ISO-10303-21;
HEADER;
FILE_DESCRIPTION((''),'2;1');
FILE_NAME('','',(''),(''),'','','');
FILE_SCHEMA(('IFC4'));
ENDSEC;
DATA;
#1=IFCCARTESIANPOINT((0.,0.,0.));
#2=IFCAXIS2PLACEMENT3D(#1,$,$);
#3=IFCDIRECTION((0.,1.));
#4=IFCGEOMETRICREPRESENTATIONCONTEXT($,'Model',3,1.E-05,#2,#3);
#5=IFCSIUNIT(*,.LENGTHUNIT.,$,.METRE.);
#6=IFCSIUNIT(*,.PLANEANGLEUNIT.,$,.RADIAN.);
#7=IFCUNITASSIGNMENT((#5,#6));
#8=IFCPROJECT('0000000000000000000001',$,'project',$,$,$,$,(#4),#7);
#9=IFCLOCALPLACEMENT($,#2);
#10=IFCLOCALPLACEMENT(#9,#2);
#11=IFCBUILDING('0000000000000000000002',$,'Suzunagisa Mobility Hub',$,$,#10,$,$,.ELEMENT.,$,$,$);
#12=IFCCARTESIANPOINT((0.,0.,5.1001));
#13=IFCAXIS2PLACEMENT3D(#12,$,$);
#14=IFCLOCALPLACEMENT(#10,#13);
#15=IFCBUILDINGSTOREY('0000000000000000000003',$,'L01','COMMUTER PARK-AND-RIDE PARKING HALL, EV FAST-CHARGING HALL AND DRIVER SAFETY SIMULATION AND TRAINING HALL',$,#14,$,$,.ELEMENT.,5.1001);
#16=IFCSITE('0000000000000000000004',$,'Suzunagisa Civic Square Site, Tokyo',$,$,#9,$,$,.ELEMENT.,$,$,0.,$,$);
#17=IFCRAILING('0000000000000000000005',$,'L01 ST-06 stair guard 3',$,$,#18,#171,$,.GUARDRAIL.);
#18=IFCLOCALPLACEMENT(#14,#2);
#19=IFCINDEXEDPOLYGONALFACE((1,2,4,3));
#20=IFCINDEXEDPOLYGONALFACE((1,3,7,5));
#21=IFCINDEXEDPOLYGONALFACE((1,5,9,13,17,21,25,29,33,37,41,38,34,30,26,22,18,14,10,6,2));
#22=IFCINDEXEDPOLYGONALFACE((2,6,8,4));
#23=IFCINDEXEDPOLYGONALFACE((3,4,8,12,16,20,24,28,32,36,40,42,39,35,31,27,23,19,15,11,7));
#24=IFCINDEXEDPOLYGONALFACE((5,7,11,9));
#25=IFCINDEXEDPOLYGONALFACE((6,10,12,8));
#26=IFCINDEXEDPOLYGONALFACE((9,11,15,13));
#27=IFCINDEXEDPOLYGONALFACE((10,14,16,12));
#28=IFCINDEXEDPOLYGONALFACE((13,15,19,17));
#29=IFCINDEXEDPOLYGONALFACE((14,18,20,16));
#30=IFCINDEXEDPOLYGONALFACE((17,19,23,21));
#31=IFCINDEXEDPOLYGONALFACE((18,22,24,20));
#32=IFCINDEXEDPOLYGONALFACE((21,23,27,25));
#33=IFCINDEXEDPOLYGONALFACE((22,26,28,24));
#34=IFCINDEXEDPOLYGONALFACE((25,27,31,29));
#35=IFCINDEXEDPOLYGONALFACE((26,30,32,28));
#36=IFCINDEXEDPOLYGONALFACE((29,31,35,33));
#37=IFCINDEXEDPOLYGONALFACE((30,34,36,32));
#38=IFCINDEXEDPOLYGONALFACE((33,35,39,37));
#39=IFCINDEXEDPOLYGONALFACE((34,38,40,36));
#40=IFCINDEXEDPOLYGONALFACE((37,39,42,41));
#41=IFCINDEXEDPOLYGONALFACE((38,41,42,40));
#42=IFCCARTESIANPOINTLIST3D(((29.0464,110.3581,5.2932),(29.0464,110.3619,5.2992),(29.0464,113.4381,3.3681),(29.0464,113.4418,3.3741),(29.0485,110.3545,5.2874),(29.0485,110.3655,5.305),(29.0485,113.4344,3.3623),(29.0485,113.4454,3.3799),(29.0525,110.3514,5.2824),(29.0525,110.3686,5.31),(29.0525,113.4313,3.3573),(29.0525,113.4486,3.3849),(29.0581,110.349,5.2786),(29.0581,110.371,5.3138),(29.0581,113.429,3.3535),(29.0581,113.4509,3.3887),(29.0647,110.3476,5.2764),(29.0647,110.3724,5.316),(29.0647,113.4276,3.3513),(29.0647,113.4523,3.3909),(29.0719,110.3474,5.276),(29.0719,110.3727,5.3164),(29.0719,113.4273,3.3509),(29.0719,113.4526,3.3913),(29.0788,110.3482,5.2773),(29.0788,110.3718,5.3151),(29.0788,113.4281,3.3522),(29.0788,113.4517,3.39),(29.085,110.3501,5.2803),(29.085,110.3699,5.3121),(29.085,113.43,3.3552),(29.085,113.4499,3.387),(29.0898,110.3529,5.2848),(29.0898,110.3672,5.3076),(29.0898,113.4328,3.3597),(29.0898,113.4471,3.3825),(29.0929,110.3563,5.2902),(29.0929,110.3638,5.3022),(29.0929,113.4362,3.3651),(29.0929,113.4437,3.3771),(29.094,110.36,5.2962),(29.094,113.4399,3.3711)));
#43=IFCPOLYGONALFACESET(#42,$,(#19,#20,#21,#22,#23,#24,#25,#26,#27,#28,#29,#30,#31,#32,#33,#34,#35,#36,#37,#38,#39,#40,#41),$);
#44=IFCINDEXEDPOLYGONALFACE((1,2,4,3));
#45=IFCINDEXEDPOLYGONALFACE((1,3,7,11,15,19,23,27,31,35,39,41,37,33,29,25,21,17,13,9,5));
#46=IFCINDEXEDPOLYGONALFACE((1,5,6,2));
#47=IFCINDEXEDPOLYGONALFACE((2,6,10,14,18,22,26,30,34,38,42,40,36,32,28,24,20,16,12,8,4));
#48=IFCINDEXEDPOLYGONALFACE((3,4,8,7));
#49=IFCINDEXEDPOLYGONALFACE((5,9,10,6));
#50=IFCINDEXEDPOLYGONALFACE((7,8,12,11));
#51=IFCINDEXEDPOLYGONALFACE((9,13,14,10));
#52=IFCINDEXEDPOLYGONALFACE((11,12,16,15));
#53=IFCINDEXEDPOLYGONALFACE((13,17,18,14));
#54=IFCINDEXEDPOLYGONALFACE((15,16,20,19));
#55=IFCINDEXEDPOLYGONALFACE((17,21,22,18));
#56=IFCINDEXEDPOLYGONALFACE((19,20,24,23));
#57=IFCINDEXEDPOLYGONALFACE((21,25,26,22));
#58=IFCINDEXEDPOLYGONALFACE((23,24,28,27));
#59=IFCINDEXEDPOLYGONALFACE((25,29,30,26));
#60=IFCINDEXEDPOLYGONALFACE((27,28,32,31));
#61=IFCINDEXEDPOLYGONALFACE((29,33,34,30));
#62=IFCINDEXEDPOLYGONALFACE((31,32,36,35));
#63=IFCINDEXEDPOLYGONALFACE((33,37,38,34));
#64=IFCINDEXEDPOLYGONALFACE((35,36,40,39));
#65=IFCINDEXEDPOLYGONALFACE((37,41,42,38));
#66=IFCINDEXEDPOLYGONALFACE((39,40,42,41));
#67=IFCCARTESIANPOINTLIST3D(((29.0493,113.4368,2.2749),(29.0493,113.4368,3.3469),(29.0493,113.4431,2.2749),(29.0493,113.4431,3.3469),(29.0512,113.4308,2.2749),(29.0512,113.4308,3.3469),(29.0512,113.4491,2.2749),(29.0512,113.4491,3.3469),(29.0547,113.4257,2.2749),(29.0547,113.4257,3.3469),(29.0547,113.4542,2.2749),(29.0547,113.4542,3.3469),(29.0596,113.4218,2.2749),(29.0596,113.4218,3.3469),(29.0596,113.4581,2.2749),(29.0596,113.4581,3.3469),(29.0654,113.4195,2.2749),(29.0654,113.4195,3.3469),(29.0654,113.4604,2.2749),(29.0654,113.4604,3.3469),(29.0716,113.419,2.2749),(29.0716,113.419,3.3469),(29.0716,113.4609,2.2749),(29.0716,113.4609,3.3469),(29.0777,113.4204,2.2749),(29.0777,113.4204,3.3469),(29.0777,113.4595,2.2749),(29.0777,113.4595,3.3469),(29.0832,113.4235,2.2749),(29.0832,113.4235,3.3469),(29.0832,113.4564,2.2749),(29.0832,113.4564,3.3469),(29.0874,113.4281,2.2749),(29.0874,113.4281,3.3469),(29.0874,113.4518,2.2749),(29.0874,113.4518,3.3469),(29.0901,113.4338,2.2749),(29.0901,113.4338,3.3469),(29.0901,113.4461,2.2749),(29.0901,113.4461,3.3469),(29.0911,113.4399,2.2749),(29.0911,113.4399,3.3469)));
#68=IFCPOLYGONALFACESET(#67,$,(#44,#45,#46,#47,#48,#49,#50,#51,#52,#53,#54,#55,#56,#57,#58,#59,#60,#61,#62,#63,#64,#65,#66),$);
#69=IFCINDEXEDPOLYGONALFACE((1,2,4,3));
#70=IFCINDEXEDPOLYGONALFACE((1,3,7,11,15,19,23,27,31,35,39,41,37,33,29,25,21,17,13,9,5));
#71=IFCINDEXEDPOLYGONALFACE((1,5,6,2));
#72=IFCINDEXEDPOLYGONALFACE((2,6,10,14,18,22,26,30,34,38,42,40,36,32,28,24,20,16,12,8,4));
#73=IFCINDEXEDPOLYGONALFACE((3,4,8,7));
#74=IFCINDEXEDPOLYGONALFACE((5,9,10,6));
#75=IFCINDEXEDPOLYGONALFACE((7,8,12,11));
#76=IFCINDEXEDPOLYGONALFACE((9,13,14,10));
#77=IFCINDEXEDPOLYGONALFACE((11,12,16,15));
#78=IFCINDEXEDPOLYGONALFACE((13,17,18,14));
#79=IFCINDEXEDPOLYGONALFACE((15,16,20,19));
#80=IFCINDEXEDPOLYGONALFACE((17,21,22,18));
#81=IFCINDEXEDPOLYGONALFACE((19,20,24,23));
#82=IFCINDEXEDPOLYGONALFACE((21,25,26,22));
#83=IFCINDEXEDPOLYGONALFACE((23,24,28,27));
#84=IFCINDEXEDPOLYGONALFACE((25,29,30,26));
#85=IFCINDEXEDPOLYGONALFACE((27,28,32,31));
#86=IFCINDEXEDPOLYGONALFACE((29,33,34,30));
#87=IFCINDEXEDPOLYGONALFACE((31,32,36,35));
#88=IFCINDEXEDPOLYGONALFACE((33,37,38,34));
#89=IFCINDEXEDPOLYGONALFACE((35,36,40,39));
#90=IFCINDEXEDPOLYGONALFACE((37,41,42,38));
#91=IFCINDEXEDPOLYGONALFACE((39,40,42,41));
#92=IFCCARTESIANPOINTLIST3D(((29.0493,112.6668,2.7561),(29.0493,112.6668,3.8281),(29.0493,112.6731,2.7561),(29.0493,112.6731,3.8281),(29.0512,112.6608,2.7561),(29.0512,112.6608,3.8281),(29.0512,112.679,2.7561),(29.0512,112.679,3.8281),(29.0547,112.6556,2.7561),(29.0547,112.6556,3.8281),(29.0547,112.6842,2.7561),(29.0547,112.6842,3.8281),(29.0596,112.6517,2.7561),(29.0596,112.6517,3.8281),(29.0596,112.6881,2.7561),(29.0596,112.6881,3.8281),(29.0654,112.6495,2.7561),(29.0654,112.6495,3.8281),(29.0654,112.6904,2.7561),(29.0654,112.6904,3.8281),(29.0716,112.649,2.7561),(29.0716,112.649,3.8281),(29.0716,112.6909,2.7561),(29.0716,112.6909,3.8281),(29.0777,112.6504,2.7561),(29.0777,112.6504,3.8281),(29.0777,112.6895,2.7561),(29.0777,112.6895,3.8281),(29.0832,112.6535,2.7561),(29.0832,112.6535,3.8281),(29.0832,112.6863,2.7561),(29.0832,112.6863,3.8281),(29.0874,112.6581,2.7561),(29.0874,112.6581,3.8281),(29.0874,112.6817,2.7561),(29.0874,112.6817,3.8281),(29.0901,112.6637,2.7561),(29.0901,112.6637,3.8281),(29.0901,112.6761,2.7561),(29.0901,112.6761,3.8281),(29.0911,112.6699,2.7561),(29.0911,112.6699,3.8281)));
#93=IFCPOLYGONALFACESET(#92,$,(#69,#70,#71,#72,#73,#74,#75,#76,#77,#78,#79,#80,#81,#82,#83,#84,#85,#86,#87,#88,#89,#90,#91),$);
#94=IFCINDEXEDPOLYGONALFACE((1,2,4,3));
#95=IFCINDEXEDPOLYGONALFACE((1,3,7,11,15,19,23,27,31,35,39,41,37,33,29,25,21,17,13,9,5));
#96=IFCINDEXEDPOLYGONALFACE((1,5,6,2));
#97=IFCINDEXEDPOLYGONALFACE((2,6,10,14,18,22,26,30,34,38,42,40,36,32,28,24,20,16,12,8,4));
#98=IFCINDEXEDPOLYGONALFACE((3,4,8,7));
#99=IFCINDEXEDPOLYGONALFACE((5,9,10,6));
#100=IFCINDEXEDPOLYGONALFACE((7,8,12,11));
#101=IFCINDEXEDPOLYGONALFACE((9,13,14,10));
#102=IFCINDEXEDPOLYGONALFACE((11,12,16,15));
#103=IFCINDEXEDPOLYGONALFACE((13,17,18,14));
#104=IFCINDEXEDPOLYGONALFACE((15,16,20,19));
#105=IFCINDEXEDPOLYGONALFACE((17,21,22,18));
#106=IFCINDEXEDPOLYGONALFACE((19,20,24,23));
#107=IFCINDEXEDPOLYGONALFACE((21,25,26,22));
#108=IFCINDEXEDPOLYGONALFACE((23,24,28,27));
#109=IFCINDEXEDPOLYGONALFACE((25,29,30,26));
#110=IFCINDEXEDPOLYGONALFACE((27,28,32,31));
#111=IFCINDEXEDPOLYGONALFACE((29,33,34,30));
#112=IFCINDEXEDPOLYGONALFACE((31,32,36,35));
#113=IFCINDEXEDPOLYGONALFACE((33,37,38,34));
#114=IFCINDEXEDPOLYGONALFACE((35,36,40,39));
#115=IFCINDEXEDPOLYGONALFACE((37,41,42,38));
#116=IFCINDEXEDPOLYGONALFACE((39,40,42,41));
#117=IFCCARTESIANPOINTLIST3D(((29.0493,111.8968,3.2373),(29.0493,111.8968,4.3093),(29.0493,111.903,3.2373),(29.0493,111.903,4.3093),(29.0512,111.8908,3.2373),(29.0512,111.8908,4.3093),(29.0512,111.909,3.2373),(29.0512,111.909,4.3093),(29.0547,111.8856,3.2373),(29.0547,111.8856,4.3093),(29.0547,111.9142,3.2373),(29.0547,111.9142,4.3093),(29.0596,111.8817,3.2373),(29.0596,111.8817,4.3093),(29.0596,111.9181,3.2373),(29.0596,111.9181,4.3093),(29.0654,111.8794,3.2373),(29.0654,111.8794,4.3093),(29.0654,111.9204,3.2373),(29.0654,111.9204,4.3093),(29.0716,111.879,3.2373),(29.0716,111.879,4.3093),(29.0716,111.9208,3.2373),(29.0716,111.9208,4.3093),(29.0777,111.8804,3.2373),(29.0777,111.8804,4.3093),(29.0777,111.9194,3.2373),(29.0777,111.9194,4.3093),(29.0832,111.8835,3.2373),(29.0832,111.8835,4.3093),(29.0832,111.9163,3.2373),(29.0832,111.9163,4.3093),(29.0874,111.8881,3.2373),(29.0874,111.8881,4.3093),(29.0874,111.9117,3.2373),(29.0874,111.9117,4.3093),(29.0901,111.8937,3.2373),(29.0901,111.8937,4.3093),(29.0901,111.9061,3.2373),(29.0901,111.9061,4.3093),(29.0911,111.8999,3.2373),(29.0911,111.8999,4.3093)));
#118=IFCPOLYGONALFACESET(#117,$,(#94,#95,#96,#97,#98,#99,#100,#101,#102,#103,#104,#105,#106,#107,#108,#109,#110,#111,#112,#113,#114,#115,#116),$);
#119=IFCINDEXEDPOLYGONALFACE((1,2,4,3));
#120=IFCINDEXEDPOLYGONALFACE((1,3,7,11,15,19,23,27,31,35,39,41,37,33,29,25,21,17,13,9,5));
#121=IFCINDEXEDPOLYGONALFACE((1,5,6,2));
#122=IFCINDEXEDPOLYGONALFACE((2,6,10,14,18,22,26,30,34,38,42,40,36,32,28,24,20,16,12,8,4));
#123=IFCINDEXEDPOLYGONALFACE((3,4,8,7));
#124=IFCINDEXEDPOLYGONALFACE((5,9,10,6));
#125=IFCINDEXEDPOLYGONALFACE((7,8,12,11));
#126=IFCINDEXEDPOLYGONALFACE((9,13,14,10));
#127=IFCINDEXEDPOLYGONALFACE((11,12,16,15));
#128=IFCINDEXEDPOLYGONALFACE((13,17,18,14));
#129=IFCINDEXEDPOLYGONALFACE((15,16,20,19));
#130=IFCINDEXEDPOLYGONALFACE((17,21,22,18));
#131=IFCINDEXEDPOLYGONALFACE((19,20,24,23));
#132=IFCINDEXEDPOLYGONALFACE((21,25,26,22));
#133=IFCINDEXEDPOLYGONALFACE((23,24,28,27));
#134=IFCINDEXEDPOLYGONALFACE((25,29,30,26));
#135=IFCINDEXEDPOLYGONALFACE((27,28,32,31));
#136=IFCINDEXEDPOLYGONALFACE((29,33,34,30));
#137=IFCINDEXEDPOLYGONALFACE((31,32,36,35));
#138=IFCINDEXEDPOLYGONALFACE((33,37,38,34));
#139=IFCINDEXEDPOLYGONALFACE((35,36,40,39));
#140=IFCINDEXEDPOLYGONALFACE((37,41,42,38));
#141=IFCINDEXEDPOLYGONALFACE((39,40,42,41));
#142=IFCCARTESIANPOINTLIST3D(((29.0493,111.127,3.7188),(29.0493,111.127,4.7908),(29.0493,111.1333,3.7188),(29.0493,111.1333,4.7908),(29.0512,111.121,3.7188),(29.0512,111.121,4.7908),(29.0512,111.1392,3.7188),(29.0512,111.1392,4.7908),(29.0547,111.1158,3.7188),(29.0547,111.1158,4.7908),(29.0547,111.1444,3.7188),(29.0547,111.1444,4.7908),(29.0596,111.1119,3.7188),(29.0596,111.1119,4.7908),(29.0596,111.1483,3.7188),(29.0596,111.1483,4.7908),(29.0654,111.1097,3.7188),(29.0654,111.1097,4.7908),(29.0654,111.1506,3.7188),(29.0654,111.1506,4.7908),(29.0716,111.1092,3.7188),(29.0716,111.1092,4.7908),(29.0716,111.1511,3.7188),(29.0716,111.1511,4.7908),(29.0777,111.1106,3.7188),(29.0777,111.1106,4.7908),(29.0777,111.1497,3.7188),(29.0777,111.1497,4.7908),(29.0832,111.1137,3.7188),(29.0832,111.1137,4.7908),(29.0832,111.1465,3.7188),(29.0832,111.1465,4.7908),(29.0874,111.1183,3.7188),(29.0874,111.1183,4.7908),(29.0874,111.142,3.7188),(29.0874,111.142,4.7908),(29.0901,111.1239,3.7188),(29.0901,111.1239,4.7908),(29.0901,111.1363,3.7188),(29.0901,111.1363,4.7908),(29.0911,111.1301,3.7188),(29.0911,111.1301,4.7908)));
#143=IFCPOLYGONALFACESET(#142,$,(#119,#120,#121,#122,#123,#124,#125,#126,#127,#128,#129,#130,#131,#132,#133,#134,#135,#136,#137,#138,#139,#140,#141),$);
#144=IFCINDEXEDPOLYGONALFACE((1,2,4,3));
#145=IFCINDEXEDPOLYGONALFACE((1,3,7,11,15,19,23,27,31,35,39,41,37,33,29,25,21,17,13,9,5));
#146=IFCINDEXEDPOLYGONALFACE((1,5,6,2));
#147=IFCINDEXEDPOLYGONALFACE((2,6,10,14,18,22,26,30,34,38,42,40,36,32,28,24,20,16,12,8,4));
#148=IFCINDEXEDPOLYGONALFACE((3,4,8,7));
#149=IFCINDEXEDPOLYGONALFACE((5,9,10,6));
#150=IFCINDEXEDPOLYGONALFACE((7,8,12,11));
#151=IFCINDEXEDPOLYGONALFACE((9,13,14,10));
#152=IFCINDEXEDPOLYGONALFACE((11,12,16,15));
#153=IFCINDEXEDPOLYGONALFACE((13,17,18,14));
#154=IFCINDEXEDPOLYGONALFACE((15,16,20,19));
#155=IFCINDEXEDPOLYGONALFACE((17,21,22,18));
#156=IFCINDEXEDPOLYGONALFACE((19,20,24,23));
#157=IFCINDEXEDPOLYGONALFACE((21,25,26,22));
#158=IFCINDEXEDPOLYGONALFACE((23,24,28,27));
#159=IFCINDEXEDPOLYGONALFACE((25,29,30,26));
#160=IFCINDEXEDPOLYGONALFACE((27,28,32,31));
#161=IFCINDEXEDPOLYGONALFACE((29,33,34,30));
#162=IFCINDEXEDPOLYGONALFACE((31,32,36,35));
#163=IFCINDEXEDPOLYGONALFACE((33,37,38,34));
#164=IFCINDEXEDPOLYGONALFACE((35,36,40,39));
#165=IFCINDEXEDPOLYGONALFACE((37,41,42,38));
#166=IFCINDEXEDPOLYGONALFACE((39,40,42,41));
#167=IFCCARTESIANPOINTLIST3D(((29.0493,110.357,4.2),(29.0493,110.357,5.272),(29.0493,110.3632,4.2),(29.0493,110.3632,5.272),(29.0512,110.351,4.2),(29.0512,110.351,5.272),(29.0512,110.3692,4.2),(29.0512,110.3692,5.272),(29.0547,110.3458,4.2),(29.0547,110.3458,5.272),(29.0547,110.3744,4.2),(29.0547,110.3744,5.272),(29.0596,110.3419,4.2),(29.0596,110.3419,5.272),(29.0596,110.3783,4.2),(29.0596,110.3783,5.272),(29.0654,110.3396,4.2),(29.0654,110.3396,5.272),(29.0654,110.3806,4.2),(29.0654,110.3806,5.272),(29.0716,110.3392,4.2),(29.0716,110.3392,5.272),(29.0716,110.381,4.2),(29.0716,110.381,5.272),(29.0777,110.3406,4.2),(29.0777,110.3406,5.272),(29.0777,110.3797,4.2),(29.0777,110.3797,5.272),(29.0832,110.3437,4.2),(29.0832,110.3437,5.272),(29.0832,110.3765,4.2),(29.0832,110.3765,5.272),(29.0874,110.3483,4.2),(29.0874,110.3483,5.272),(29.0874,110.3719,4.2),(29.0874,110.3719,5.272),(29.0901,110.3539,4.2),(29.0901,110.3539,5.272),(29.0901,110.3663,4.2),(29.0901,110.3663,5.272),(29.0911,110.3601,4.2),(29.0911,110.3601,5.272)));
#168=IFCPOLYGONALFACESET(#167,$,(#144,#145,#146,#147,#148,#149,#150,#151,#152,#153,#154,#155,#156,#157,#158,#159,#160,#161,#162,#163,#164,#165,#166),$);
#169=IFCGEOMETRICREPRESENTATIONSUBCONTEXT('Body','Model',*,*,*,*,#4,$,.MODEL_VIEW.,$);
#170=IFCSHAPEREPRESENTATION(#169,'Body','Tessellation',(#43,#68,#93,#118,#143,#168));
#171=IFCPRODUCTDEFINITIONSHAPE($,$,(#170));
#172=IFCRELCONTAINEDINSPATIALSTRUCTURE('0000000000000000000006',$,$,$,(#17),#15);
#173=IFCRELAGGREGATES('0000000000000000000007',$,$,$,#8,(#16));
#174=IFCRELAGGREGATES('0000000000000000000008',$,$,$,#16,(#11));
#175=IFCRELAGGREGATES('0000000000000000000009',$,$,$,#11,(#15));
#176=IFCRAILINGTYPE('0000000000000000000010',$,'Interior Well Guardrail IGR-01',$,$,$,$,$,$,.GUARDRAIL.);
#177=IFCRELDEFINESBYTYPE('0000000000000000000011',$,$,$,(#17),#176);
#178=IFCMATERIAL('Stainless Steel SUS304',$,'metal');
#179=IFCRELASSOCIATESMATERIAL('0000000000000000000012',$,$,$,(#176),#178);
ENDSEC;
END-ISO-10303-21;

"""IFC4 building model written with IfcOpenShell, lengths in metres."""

from ifc_helpers import new_model, si_unit, direction, frame, origin, origin_2d, place, context, subcontext, project, spatial, circle, extrude, material, type_object, element, save


model = new_model("IFC4")

# Units and contexts
model_context = context("Model", 3, precision=1e-05, world=origin(), true_north=direction((0.0, 1.0)))
body_context = subcontext(model_context, "Body", "Model", "MODEL_VIEW")
ifc_project = project(units=[si_unit("LENGTHUNIT", "METRE"), si_unit("PLANEANGLEUNIT", "RADIAN")], contexts=[model_context])

# Site, building, storey
site_placement = place(None, origin())
site = spatial("IfcSite", under=ifc_project, at=site_placement, Name="Suzunagisa Civic Square Site, Tokyo", CompositionType="ELEMENT", RefElevation=0.0)
building_placement = place(site_placement, origin())
building = spatial("IfcBuilding", under=site, at=building_placement, Name="Suzunagisa Mobility Hub", CompositionType="ELEMENT")
storey_placement = place(building_placement, frame((0.0, 0.0, 5.1001)))
storey = spatial("IfcBuildingStorey", under=building, at=storey_placement, Name="L01", Description="COMMUTER PARK-AND-RIDE PARKING HALL, EV FAST-CHARGING HALL AND DRIVER SAFETY SIMULATION AND TRAINING HALL", CompositionType="ELEMENT", Elevation=5.1001)

# Railing
ifc_material_1 = material(Name="Stainless Steel SUS304", Category="metal")
railing_type_1 = type_object("IfcRailingType", Name="Interior Well Guardrail IGR-01", PredefinedType="GUARDRAIL", material=ifc_material_1)
railing_1_placement = place(storey_placement, frame((29.0701, 113.4399, 2.2749)))
element("IfcRailing", 1, at=railing_1_placement, inside=storey, type_object=railing_type_1, Name="L01 ST-06 stair guard 3", PredefinedType="GUARDRAIL", context=body_context, shape_type="SweptSolid", body=[
    extrude(circle(Radius=0.0239, at=origin_2d()), frame((0.0, 0.0, 1.0962), z_axis=(0.0, -0.847979, 0.530029), x_axis=(1.0, 0.0, 0.0)), (0.0, 0.0, 1.0), 3.6321),
    extrude(circle(Radius=0.021, at=origin_2d()), origin(), (0.0, 0.0, 1.0), 1.072),
    extrude(circle(Radius=0.021, at=origin_2d()), frame((0.0, -0.77, 0.4812)), (0.0, 0.0, 1.0), 1.072),
    extrude(circle(Radius=0.021, at=origin_2d()), frame((0.0, -1.54, 0.9624)), (0.0, 0.0, 1.0), 1.072),
    extrude(circle(Radius=0.021, at=origin_2d()), frame((0.0, -2.3098, 1.4438)), (0.0, 0.0, 1.0), 1.072),
    extrude(circle(Radius=0.021, at=origin_2d()), frame((0.0, -3.0798, 1.925)), (0.0, 0.0, 1.0), 1.072),
])

save(model, "model.ifc")
